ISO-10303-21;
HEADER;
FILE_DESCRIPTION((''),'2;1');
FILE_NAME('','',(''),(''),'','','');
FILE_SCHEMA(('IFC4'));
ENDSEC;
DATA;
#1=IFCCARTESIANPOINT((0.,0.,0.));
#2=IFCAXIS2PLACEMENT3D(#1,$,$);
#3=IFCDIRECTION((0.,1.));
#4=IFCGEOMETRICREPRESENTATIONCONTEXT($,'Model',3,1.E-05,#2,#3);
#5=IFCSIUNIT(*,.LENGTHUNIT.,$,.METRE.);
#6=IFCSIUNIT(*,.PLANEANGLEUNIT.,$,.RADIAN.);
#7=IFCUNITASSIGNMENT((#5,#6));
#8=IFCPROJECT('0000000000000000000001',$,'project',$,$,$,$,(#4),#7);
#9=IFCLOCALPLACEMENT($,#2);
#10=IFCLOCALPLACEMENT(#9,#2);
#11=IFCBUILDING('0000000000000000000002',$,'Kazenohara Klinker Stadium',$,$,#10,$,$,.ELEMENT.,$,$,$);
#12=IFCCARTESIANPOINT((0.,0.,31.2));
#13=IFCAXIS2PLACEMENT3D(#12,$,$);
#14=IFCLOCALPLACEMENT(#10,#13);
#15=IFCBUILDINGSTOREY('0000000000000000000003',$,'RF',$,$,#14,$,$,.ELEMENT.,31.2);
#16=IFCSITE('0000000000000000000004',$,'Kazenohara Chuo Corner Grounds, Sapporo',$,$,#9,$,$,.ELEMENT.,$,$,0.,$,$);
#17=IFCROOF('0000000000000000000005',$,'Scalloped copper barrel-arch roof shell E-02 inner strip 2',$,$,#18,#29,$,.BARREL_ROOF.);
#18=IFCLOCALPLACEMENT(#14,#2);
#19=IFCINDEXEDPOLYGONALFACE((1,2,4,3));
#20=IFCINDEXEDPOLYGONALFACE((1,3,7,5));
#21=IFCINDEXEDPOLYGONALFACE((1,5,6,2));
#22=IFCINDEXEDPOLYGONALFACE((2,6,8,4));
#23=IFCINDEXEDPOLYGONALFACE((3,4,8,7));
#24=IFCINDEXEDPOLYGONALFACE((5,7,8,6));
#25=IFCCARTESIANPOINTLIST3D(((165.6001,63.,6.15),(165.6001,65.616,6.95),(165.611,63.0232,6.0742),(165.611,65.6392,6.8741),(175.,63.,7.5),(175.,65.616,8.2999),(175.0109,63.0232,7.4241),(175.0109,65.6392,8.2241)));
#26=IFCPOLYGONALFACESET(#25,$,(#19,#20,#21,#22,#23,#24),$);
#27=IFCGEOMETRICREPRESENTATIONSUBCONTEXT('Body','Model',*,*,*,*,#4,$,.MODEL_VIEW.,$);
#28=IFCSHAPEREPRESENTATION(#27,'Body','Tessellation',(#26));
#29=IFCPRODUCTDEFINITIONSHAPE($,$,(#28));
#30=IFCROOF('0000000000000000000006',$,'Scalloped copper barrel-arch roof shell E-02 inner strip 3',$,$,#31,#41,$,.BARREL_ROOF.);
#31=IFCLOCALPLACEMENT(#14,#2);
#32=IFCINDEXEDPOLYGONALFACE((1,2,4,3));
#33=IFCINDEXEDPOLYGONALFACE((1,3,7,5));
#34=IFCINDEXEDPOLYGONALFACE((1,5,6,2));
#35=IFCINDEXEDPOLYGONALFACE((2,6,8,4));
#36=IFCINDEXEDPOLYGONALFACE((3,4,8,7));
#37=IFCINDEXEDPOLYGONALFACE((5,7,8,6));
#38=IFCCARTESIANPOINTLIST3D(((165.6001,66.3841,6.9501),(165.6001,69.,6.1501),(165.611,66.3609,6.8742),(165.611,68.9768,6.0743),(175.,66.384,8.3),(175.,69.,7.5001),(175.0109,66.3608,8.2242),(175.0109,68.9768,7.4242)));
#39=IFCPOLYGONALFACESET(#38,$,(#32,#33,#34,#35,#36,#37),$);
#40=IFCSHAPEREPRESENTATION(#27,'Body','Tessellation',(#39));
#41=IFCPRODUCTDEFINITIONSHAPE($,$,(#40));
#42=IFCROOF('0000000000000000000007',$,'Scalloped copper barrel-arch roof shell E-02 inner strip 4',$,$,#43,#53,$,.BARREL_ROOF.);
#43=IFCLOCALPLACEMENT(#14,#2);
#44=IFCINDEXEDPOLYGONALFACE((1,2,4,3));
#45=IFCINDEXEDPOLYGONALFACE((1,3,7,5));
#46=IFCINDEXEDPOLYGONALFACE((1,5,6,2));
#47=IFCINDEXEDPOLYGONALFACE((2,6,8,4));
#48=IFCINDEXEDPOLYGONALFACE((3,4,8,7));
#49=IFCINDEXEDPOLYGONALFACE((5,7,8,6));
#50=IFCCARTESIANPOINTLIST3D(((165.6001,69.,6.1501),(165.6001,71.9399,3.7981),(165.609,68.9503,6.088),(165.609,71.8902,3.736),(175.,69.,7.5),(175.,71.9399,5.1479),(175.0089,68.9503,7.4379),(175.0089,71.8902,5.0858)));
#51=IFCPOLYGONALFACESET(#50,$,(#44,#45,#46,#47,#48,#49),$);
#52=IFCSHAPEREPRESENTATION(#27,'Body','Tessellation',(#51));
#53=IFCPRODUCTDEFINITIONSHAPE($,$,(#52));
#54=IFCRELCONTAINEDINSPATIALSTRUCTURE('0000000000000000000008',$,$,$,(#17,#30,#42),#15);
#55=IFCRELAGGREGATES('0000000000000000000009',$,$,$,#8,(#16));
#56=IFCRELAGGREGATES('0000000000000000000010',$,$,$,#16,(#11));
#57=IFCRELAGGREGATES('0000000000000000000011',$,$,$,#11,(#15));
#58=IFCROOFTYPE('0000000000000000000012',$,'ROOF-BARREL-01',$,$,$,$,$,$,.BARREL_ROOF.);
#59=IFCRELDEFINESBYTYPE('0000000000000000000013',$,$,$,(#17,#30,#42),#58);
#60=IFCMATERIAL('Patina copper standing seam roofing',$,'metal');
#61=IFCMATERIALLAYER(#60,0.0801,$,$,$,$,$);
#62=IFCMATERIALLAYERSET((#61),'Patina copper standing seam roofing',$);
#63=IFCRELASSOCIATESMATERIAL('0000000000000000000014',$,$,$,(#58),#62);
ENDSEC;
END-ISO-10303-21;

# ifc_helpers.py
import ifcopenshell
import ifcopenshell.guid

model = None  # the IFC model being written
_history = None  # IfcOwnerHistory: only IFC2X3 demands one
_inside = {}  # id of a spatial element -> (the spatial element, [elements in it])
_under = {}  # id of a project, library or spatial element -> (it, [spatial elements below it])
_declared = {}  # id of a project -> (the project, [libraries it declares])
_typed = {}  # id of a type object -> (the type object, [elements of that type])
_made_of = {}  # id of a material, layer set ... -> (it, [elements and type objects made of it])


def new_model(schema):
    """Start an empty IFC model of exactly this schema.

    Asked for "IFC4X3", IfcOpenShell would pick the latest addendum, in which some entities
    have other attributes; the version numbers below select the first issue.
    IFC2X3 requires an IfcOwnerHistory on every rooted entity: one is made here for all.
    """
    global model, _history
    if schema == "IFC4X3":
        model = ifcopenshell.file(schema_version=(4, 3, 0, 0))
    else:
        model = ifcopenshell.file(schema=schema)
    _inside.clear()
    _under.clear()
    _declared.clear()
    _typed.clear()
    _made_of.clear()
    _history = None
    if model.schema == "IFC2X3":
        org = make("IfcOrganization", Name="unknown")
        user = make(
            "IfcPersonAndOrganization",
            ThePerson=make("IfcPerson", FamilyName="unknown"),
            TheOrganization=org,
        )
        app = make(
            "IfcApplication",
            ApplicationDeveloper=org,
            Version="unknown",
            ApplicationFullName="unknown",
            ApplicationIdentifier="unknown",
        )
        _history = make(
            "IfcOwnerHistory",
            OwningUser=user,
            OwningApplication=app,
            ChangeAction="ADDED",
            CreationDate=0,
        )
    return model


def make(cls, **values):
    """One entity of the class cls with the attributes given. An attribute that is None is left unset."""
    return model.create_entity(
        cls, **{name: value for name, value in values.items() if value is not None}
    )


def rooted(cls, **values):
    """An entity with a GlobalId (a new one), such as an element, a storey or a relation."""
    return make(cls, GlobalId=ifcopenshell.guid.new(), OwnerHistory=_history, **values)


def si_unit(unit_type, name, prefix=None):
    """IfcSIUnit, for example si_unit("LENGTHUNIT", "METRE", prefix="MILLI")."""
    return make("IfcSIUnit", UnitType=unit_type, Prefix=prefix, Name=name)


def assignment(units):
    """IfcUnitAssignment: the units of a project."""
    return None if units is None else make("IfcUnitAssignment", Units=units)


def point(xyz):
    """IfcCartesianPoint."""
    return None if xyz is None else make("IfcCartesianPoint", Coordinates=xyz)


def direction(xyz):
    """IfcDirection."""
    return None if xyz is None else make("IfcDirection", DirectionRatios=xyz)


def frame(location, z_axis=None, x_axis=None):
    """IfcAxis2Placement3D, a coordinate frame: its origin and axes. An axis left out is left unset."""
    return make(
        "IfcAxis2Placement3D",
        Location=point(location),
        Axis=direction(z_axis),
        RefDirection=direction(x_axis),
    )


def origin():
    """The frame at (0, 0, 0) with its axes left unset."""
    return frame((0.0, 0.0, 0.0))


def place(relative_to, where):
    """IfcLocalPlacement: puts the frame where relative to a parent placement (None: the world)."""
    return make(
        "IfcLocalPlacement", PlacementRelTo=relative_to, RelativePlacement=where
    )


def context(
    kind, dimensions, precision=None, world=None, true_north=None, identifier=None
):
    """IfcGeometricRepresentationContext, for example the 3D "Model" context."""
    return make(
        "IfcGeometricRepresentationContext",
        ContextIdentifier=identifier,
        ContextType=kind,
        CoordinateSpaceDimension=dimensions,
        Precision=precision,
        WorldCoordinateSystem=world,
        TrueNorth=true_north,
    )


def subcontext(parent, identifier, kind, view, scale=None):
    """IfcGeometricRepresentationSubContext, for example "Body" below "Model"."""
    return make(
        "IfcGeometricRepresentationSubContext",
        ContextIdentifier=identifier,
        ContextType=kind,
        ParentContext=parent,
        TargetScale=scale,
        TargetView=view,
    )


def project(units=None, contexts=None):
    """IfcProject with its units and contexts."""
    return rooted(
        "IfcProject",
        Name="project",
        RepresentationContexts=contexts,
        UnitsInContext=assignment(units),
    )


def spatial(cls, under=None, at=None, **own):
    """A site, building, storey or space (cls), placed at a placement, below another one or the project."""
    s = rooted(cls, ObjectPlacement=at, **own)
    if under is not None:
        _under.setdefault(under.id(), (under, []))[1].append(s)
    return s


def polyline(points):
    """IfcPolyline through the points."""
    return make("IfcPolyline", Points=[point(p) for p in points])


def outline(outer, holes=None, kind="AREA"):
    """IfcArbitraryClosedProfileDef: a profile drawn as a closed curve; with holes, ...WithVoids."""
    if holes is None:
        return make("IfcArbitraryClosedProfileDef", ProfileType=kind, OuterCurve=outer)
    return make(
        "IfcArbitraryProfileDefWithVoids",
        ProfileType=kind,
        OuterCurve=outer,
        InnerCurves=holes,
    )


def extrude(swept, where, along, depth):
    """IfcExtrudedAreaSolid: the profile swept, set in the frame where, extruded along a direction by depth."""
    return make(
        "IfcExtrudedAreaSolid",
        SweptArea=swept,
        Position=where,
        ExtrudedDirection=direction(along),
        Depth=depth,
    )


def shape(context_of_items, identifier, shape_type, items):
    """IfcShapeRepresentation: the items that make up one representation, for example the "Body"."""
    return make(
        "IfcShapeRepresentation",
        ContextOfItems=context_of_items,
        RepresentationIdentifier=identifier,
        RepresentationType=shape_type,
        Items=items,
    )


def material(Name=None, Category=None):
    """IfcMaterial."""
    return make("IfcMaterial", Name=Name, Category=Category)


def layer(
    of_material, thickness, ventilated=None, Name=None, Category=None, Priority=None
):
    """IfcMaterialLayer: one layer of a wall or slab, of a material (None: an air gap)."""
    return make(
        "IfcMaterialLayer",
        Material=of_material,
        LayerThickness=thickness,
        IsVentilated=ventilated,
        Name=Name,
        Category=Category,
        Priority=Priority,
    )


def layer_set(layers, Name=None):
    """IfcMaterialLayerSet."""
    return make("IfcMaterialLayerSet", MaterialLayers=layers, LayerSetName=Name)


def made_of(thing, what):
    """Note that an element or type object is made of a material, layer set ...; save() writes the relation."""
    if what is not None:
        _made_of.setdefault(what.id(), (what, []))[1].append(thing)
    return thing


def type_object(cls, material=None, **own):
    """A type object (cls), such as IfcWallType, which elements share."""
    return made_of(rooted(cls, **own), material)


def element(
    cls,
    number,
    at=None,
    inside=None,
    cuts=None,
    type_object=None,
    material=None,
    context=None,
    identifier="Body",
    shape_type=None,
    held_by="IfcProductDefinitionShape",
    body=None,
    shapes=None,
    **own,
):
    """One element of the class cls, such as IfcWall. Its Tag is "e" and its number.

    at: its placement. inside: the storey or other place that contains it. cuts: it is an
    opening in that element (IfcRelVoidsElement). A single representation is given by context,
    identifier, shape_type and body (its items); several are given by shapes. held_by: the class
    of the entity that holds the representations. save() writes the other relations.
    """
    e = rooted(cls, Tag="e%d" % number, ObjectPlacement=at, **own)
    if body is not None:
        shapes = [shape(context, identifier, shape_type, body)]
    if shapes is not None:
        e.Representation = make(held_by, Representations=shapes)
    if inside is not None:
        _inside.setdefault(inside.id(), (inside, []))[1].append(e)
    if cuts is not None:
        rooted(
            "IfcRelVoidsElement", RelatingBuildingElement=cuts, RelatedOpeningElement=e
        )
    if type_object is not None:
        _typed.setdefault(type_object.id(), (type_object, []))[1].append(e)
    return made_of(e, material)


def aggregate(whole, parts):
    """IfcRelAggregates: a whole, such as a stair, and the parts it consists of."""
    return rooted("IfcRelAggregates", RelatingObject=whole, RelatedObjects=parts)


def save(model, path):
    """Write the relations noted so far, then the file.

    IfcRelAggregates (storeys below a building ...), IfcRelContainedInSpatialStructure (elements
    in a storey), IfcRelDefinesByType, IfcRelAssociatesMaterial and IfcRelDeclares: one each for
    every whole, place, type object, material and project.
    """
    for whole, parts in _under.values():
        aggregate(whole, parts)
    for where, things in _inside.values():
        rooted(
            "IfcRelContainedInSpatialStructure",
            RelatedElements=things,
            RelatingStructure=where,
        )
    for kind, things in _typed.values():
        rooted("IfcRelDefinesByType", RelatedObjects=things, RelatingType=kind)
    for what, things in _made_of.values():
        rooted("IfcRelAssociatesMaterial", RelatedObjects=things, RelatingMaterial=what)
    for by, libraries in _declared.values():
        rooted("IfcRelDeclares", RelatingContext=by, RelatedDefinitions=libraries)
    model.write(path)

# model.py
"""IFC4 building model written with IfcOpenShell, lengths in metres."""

from ifc_helpers import new_model, si_unit, direction, frame, origin, place, context, subcontext, project, spatial, polyline, outline, extrude, material, layer, layer_set, type_object, element, save


model = new_model("IFC4")

# Units and contexts
model_context = context("Model", 3, precision=1e-05, world=origin(), true_north=direction((0.0, 1.0)))
body_context = subcontext(model_context, "Body", "Model", "MODEL_VIEW")
ifc_project = project(units=[si_unit("LENGTHUNIT", "METRE"), si_unit("PLANEANGLEUNIT", "RADIAN")], contexts=[model_context])

# Site, building, storey
site_placement = place(None, origin())
site = spatial("IfcSite", under=ifc_project, at=site_placement, Name="Kazenohara Chuo Corner Grounds, Sapporo", CompositionType="ELEMENT", RefElevation=0.0)
building_placement = place(site_placement, origin())
building = spatial("IfcBuilding", under=site, at=building_placement, Name="Kazenohara Klinker Stadium", CompositionType="ELEMENT")
storey_placement = place(building_placement, frame((0.0, 0.0, 31.2)))
storey = spatial("IfcBuildingStorey", under=building, at=storey_placement, Name="RF", CompositionType="ELEMENT", Elevation=31.2)

# Roofs
ifc_material_1 = material(Name="Patina copper standing seam roofing", Category="metal")
ifc_layer_1 = layer(ifc_material_1, 0.0801)
ifc_layer_set_1 = layer_set([ifc_layer_1], Name="Patina copper standing seam roofing")
roof_type = type_object("IfcRoofType", Name="ROOF-BARREL-01", PredefinedType="BARREL_ROOF", material=ifc_layer_set_1)
roof_1_placement = place(storey_placement, frame((175.0, 63.0, 7.5), z_axis=(-0.136061, -0.289701, 0.947397), x_axis=(-0.989844, 0.000004, -0.142156)))
element("IfcRoof", 1, at=roof_1_placement, inside=storey, type_object=roof_type, Name="Scalloped copper barrel-arch roof shell E-02 inner strip 2", PredefinedType="BARREL_ROOF", context=body_context, shape_type="SweptSolid", body=[
    extrude(outline(polyline([(0.0, 0.0), (9.4963, 0.0), (9.3826, -2.7331), (-0.1137, -2.7332), (0.0, 0.0)])), origin(), (0.0, 0.0, -1.0), 0.0801),
])
roof_2_placement = place(storey_placement, frame((175.0, 66.384, 8.3), z_axis=(-0.136061, 0.289701, 0.947397), x_axis=(-0.989844, 0.000004, -0.142158)))
element("IfcRoof", 2, at=roof_2_placement, inside=storey, type_object=roof_type, Name="Scalloped copper barrel-arch roof shell E-02 inner strip 3", PredefinedType="BARREL_ROOF", context=body_context, shape_type="SweptSolid", body=[
    extrude(outline(polyline([(0.0, 0.0), (9.4964, 0.0), (9.6101, -2.7331), (0.1137, -2.7332), (0.0, 0.0)])), origin(), (0.0, 0.0, -1.0), 0.0801),
])
roof_3_placement = place(storey_placement, frame((175.0, 69.0, 7.5), z_axis=(-0.111435, 0.62082, 0.775993), x_axis=(-0.989846, 0.0, -0.142145)))
element("IfcRoof", 3, at=roof_3_placement, inside=storey, type_object=roof_type, Name="Scalloped copper barrel-arch roof shell E-02 inner strip 4", PredefinedType="BARREL_ROOF", context=body_context, shape_type="SweptSolid", body=[
    extrude(outline(polyline([(0.0, 0.0), (9.4963, 0.0), (9.8307, -3.7501), (0.3343, -3.7501), (0.0, 0.0)])), origin(), (0.0, 0.0, -1.0), 0.0801),
])

save(model, "model.ifc")
